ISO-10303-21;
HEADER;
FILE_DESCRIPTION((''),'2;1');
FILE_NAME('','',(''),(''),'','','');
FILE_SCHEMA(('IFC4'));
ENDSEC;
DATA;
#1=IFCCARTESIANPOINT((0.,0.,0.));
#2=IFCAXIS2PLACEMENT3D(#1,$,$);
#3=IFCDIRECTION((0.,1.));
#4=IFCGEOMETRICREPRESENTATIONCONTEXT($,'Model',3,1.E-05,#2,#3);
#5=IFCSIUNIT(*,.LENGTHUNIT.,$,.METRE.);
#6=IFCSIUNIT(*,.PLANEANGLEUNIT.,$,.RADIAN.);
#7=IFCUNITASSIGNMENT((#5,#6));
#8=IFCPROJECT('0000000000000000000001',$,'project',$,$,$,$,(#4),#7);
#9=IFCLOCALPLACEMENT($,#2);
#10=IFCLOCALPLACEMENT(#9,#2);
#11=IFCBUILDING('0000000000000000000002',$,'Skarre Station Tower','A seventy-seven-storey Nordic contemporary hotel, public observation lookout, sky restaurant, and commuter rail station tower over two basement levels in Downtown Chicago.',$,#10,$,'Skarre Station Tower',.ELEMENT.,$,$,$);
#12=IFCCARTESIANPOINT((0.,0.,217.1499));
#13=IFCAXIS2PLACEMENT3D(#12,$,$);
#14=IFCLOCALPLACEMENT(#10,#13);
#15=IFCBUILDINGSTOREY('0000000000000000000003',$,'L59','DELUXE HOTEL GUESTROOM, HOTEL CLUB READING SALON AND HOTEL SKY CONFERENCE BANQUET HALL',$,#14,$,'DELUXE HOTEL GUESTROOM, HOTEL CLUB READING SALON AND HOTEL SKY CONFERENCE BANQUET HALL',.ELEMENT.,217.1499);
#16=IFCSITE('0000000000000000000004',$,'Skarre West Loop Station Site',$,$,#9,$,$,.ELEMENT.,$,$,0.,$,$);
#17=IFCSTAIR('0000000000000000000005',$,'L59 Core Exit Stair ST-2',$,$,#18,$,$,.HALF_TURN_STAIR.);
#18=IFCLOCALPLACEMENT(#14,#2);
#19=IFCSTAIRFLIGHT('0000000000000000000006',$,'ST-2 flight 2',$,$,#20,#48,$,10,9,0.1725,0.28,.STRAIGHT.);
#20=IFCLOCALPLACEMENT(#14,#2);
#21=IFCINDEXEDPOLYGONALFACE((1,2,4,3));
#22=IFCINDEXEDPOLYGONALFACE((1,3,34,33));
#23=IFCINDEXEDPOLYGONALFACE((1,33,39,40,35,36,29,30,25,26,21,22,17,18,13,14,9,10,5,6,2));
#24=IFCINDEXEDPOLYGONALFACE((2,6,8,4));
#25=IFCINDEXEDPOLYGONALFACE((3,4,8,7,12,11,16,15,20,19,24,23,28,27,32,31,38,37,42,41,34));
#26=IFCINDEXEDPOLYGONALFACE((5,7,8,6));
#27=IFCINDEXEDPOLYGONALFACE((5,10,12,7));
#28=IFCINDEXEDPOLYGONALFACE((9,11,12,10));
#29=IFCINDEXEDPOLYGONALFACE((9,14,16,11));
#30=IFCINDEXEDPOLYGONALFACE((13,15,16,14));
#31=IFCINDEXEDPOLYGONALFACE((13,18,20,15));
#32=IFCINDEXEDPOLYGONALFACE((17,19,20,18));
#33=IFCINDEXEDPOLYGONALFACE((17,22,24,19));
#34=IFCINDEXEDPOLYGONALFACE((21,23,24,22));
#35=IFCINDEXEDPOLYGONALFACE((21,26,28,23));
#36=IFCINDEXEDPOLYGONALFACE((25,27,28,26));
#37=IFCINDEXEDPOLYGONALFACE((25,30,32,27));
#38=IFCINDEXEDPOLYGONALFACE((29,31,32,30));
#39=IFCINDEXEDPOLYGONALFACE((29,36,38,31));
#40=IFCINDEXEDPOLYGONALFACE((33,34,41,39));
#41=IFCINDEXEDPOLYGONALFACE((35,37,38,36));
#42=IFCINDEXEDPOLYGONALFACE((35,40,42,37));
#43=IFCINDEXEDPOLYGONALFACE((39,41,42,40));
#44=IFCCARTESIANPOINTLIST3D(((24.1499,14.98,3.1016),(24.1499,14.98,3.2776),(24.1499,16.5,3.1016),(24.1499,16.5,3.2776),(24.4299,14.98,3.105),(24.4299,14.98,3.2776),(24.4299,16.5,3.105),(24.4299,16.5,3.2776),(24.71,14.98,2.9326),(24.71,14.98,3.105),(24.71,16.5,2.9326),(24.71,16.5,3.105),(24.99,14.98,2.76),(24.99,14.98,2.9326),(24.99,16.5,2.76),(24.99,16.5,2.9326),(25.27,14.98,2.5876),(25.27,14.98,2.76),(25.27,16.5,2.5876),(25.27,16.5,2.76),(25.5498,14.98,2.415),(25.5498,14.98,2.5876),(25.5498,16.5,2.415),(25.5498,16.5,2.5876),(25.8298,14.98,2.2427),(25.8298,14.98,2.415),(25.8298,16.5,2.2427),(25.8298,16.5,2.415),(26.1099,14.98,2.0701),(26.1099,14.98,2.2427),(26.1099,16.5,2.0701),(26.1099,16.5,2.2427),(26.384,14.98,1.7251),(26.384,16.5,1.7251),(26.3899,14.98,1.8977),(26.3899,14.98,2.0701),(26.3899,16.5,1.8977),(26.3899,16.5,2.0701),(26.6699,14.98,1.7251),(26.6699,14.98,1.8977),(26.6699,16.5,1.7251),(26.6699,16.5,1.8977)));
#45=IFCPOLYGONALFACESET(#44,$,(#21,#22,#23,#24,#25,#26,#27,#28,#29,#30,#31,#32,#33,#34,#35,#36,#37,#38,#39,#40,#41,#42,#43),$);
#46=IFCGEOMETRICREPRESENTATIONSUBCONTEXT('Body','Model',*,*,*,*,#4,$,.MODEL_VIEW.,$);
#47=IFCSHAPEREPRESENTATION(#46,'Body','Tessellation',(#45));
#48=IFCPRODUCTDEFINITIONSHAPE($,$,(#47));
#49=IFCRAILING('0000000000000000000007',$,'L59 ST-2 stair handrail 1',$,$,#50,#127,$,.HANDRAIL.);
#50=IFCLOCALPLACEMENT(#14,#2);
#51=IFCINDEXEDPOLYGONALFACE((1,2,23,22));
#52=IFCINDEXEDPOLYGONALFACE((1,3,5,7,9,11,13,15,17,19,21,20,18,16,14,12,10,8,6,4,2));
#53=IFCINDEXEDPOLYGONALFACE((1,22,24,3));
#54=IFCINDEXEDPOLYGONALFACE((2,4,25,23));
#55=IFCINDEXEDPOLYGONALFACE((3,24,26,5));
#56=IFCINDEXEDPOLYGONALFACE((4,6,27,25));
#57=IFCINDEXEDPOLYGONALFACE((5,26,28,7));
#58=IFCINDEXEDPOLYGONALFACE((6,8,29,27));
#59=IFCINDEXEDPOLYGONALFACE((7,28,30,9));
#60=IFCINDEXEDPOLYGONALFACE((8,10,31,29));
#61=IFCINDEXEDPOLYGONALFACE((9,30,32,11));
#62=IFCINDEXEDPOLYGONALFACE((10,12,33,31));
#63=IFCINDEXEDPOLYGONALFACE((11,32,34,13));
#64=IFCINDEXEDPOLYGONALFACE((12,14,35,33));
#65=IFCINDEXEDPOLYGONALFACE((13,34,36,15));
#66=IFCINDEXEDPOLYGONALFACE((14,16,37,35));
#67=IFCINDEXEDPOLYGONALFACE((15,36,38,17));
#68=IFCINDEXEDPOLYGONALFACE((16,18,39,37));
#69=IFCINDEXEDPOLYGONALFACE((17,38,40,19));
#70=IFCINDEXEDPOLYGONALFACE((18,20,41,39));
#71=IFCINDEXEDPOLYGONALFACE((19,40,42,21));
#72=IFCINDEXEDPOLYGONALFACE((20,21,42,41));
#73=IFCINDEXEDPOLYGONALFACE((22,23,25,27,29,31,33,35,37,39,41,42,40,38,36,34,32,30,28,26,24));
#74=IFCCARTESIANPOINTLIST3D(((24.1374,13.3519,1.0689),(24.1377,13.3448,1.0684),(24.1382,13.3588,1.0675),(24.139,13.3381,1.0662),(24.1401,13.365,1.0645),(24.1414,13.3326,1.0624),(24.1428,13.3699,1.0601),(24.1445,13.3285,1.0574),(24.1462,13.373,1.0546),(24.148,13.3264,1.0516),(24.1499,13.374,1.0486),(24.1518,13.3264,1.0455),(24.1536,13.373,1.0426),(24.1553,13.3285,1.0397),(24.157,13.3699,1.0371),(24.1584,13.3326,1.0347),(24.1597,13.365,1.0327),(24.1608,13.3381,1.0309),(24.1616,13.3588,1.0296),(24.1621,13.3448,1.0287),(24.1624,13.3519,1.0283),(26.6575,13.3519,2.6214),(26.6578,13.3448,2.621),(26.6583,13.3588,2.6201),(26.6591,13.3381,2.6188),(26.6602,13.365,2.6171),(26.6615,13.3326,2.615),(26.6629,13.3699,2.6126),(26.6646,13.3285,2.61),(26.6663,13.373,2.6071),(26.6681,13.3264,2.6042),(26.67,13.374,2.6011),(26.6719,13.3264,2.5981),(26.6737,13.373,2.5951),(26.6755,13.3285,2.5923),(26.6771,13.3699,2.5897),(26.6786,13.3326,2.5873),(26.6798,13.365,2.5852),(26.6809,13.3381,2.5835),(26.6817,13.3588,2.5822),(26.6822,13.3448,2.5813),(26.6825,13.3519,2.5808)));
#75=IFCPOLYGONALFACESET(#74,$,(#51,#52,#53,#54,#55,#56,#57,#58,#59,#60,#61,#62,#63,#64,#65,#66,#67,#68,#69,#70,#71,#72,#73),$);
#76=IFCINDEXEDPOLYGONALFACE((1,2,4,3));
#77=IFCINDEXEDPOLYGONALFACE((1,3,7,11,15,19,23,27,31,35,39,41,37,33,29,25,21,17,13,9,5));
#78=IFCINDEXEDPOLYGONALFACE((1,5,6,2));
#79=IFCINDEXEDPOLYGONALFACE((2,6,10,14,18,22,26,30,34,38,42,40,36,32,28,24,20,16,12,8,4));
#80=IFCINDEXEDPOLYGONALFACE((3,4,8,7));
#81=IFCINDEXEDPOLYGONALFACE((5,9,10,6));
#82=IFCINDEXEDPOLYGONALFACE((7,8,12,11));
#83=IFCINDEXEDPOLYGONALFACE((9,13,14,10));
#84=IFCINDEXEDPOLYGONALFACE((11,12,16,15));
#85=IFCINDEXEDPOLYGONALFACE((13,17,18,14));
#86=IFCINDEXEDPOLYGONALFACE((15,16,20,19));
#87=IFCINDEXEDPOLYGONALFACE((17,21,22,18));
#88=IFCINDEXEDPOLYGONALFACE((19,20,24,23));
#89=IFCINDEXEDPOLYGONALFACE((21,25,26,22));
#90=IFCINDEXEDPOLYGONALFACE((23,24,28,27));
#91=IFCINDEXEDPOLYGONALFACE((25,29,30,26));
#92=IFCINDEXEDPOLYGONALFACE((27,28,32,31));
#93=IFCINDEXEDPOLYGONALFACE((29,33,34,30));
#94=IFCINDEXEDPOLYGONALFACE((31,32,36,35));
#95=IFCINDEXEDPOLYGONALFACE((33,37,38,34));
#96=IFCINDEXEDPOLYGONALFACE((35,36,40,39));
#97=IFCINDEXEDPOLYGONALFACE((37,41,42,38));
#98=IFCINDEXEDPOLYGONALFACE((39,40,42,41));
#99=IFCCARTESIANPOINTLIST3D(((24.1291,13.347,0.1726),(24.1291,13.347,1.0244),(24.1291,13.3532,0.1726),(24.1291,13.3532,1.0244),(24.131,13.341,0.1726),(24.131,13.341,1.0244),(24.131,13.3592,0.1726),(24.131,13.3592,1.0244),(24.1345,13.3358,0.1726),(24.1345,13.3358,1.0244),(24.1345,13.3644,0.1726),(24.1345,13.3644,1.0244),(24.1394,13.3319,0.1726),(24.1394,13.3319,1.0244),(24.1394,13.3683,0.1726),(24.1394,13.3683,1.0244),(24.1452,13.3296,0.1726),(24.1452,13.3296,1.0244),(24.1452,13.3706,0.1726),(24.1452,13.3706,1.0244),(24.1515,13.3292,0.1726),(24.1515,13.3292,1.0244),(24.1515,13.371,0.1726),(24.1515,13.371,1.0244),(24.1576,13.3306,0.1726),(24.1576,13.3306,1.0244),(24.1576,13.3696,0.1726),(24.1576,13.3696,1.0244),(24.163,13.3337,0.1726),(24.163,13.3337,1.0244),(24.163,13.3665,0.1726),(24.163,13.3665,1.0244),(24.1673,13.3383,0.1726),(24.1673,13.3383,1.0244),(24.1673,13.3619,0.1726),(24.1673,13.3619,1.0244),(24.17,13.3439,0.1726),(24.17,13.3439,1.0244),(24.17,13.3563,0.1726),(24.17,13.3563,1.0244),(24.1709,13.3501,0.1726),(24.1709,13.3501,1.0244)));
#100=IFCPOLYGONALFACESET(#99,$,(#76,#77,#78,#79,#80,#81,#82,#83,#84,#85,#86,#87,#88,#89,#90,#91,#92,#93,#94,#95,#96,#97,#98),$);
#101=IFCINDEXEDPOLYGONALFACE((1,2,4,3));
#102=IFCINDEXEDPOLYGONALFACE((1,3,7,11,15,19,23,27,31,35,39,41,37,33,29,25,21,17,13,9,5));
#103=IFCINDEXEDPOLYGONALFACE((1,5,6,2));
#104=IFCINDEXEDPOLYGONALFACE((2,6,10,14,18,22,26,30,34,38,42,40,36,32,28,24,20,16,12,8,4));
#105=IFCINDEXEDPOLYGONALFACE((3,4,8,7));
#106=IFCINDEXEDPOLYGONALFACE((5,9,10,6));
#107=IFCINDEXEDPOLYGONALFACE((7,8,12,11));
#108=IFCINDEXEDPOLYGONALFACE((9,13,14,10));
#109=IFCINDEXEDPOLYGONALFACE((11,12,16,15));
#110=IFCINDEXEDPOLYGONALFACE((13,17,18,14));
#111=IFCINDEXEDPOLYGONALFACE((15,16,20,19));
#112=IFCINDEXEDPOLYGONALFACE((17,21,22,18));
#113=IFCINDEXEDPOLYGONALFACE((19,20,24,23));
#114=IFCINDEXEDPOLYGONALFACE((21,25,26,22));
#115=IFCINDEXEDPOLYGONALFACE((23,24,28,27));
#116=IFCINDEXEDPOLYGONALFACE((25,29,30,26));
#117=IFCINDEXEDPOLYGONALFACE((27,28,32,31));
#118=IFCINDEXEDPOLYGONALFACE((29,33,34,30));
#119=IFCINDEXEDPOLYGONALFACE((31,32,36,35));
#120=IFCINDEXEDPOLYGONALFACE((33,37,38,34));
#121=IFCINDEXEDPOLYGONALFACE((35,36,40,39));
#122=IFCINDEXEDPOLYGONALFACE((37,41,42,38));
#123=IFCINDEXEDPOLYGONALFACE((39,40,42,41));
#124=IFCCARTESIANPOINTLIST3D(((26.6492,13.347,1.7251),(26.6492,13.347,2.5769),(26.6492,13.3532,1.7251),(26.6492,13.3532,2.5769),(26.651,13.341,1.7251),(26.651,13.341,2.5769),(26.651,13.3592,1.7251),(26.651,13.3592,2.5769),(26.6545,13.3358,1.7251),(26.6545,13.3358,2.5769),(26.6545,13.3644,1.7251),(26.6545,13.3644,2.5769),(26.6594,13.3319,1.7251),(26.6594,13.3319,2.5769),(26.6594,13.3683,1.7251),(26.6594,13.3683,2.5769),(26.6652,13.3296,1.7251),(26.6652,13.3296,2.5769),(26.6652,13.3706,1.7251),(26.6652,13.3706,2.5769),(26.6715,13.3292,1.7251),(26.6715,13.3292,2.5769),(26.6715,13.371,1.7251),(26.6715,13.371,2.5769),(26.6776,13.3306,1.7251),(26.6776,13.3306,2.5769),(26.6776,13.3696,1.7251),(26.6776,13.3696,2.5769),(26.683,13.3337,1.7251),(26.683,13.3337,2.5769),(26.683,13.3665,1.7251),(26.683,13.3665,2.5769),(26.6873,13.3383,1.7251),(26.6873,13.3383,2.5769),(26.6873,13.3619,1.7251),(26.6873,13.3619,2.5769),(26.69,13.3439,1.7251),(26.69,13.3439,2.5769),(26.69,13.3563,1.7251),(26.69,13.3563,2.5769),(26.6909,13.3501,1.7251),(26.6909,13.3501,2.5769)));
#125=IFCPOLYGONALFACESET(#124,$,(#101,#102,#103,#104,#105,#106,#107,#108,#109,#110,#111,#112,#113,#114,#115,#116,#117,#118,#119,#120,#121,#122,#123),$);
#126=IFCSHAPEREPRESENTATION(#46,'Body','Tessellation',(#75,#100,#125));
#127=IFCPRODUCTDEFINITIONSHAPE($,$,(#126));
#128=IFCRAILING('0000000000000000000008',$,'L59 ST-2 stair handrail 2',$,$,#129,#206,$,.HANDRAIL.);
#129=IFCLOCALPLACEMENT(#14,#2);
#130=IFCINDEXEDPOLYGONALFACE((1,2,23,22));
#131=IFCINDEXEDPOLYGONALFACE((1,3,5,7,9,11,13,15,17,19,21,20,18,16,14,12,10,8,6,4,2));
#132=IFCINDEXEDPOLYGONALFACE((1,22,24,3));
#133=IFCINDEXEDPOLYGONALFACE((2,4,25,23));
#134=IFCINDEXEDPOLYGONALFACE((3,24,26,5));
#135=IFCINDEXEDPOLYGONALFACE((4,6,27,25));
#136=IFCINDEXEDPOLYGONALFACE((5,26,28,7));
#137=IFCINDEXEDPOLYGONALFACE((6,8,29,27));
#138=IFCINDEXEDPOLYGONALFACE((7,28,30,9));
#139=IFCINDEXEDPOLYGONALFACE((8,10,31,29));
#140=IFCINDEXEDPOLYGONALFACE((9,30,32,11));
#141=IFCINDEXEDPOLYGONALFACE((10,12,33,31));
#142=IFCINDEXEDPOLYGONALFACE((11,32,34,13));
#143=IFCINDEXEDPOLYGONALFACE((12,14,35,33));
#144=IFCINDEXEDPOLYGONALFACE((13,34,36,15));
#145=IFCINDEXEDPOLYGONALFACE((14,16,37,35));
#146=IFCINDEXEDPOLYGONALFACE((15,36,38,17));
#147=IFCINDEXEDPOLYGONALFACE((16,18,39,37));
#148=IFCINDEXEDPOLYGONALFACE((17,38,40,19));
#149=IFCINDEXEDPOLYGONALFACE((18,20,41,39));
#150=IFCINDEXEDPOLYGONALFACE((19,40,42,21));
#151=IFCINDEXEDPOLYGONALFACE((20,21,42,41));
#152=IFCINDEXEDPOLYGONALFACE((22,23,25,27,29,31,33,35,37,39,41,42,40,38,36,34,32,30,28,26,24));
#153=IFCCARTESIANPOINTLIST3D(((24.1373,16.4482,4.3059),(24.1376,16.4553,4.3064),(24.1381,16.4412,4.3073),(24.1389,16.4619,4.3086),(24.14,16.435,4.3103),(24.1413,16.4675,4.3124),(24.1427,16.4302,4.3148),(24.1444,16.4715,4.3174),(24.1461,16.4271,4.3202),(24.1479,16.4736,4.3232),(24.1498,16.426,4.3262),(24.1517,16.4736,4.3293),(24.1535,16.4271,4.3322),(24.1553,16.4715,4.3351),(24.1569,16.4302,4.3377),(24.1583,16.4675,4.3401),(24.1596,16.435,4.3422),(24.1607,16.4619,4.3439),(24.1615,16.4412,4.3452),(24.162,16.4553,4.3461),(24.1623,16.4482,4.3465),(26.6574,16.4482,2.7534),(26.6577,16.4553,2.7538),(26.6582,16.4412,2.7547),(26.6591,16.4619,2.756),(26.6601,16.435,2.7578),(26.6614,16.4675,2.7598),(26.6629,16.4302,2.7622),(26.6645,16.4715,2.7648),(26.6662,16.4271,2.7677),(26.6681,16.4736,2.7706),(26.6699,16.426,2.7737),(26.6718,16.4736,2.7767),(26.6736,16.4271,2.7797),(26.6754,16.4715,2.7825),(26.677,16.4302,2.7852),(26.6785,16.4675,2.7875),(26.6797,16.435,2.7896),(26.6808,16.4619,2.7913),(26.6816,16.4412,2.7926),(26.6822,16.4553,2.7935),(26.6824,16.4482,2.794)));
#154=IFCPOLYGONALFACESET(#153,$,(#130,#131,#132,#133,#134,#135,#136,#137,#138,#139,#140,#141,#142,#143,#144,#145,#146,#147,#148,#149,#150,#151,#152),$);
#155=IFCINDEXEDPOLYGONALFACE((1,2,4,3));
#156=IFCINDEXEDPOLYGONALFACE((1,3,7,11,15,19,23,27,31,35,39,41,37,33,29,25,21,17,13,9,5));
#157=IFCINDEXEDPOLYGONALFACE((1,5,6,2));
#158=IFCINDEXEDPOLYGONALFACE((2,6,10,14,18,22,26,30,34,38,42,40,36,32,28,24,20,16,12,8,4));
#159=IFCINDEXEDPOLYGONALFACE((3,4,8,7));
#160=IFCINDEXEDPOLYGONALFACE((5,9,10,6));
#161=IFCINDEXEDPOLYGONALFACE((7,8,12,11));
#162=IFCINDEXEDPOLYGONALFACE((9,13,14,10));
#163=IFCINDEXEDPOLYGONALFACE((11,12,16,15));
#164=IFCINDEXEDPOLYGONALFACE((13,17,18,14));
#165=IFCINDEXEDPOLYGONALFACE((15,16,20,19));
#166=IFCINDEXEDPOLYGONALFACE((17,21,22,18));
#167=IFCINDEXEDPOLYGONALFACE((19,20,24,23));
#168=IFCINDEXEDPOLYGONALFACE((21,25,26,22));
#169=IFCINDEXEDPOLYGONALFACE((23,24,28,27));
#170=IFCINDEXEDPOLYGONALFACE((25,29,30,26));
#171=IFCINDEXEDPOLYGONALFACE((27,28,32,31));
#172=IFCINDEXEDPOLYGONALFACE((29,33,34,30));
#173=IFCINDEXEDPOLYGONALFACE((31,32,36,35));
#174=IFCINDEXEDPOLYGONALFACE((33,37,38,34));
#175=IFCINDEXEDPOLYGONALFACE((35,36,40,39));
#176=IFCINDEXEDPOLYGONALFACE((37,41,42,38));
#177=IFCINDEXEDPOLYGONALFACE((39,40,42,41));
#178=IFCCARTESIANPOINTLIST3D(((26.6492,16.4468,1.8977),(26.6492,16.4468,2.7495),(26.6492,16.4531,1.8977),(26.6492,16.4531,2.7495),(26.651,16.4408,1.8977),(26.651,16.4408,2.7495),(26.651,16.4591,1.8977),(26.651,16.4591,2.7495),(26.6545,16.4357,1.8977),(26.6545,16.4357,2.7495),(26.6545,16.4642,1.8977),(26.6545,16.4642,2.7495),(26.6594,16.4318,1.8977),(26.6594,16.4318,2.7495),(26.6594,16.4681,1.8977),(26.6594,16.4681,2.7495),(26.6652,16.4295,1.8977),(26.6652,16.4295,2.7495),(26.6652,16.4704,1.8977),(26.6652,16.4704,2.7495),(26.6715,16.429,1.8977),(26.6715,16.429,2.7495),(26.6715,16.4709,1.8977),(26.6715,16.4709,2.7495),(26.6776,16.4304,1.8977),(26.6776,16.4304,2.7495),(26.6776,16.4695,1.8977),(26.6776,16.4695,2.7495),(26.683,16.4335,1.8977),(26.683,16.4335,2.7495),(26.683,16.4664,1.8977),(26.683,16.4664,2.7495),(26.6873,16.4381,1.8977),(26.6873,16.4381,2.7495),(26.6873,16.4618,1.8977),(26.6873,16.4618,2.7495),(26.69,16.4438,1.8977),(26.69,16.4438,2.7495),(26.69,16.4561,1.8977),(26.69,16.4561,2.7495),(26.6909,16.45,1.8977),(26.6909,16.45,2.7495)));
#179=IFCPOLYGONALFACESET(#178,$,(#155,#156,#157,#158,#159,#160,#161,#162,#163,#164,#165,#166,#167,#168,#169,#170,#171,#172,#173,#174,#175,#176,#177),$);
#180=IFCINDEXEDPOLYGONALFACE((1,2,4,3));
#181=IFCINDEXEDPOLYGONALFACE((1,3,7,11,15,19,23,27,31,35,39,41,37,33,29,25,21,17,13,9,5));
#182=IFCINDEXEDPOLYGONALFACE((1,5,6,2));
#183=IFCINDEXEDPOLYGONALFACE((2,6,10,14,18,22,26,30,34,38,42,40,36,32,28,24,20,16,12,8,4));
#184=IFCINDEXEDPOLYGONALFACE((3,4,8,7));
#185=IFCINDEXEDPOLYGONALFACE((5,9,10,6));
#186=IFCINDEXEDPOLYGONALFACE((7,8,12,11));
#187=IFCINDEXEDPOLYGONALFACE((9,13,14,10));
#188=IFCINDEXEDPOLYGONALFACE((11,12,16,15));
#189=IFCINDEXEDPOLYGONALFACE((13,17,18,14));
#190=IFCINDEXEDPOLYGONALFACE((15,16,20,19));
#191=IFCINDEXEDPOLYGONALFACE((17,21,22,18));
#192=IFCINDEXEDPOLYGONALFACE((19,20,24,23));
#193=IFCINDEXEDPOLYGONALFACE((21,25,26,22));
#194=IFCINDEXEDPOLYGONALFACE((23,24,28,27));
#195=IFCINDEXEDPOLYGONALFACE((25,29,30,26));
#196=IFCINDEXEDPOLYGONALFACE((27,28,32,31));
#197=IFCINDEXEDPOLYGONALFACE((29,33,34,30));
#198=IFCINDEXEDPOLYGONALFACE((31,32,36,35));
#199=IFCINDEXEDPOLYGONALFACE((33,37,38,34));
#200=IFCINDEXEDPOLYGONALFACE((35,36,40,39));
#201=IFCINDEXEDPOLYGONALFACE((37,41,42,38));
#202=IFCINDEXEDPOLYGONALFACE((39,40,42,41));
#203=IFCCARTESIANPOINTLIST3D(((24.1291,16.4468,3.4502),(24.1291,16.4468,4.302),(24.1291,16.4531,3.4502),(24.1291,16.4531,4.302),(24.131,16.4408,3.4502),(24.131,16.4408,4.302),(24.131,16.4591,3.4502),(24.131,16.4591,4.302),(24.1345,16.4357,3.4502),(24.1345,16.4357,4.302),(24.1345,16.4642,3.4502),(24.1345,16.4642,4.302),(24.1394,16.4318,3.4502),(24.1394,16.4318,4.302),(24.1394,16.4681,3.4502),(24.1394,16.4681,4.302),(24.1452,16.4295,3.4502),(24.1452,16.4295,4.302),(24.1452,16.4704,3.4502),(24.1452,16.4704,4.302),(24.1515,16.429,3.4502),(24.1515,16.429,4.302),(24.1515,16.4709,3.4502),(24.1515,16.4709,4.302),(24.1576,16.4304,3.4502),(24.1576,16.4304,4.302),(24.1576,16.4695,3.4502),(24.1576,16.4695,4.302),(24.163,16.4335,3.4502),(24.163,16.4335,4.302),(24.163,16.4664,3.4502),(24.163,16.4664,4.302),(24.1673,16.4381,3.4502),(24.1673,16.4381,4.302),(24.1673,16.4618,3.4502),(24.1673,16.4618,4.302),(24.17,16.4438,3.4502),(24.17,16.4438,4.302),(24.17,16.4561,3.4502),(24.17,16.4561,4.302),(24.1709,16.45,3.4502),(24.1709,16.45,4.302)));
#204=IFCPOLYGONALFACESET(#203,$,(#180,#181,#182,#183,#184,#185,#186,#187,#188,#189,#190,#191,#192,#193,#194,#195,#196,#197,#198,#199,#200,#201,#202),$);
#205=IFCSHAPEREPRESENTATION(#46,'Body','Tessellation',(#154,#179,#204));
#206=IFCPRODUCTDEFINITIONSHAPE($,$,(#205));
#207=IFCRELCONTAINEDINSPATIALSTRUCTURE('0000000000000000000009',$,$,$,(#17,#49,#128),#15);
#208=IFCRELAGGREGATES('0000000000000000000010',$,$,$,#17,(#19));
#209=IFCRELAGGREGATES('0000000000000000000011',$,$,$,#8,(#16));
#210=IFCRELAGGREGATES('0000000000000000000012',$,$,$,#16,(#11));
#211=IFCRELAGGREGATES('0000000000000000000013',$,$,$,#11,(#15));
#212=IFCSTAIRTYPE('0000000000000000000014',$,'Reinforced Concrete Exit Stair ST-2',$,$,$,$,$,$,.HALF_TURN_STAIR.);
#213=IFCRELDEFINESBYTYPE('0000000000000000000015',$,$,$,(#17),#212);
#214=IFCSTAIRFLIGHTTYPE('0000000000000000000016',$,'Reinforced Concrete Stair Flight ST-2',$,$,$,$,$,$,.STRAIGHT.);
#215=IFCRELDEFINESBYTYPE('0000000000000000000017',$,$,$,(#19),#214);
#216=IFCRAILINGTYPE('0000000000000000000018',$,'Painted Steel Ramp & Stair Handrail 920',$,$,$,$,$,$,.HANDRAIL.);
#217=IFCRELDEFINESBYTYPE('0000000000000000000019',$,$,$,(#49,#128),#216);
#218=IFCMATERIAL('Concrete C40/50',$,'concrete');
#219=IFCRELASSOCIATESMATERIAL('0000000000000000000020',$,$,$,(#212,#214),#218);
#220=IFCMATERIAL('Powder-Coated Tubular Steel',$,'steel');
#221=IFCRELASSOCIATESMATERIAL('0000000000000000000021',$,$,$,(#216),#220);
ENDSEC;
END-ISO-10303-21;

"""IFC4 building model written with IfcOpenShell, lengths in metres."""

from ifc_helpers import new_model, si_unit, direction, frame, origin, origin_2d, place, context, subcontext, project, spatial, polyline, circle, outline, extrude, material, type_object, element, aggregate, save


model = new_model("IFC4")

# Units and contexts
model_context = context("Model", 3, precision=1e-05, world=origin(), true_north=direction((0.0, 1.0)))
body_context = subcontext(model_context, "Body", "Model", "MODEL_VIEW")
ifc_project = project(units=[si_unit("LENGTHUNIT", "METRE"), si_unit("PLANEANGLEUNIT", "RADIAN")], contexts=[model_context])

# Site, building, storey
site_placement = place(None, origin())
site = spatial("IfcSite", under=ifc_project, at=site_placement, Name="Skarre West Loop Station Site", CompositionType="ELEMENT", RefElevation=0.0)
building_placement = place(site_placement, origin())
building = spatial("IfcBuilding", under=site, at=building_placement, Name="Skarre Station Tower", Description="A seventy-seven-storey Nordic contemporary hotel, public observation lookout, sky restaurant, and commuter rail station tower over two basement levels in Downtown Chicago.", LongName="Skarre Station Tower", CompositionType="ELEMENT")
storey_placement = place(building_placement, frame((0.0, 0.0, 217.1499)))
storey = spatial("IfcBuildingStorey", under=building, at=storey_placement, Name="L59", Description="DELUXE HOTEL GUESTROOM, HOTEL CLUB READING SALON AND HOTEL SKY CONFERENCE BANQUET HALL", LongName="DELUXE HOTEL GUESTROOM, HOTEL CLUB READING SALON AND HOTEL SKY CONFERENCE BANQUET HALL", CompositionType="ELEMENT", Elevation=217.1499)

# Stair, stair flight
ifc_material_1 = material(Name="Concrete C40/50", Category="concrete")
stair_type = type_object("IfcStairType", Name="Reinforced Concrete Exit Stair ST-2", PredefinedType="HALF_TURN_STAIR", material=ifc_material_1)
stair_placement = place(storey_placement, origin())
stair = element("IfcStair", 1, at=stair_placement, inside=storey, type_object=stair_type, Name="L59 Core Exit Stair ST-2", PredefinedType="HALF_TURN_STAIR")
stair_flight_type = type_object("IfcStairFlightType", Name="Reinforced Concrete Stair Flight ST-2", PredefinedType="STRAIGHT", material=ifc_material_1)
stair_flight_1_placement = place(storey_placement, frame((26.6699, 15.74, 1.7251), z_axis=(0.0, 0.0, 1.0), x_axis=(-1.0, 0.0, 0.0)))
stair_flight_1 = element("IfcStairFlight", 2, at=stair_flight_1_placement, type_object=stair_flight_type, Name="ST-2 flight 2", NumberOfRisers=10, NumberOfTreads=9, PredefinedType="STRAIGHT", RiserHeight=0.1725, TreadLength=0.28, context=body_context, shape_type="SweptSolid", body=[
    extrude(outline(polyline([(0.0, 0.0), (0.0, 0.1726), (0.28, 0.1726), (0.28, 0.345), (0.5601, 0.345), (0.5601, 0.5176), (0.8401, 0.5176), (0.8401, 0.6899), (1.1201, 0.6899), (1.1201, 0.8625), (1.3999, 0.8625), (1.3999, 1.0349), (1.6799, 1.0349), (1.6799, 1.2075), (1.96, 1.2075), (1.96, 1.3799), (2.24, 1.3799), (2.24, 1.5525), (2.52, 1.5525), (2.52, 1.7251), (2.52, 1.3765), (0.2859, 0.0), (0.0, 0.0)])), frame((0.0, 0.76, 0.0), z_axis=(0.0, -1.0, 0.0), x_axis=(1.0, 0.0, 0.0)), (0.0, 0.0, 1.0), 1.52),
])
aggregate(stair, [stair_flight_1])

# Railings
ifc_material_2 = material(Name="Powder-Coated Tubular Steel", Category="steel")
railing_type_1 = type_object("IfcRailingType", Name="Painted Steel Ramp & Stair Handrail 920", PredefinedType="HANDRAIL", material=ifc_material_2)
railing_1_placement = place(storey_placement, frame((24.1499, 13.3501, 0.1726)))
element("IfcRailing", 3, at=railing_1_placement, inside=storey, type_object=railing_type_1, Name="L59 ST-2 stair handrail 1", PredefinedType="HANDRAIL", context=body_context, shape_type="SweptSolid", body=[
    extrude(circle(Radius=0.0239, at=origin_2d()), frame((0.0, 0.0, 0.876), z_axis=(0.8514, 0.0, 0.524516), x_axis=(0.0, 1.0, 0.0)), (0.0, 0.0, 1.0), 2.96),
    extrude(circle(Radius=0.021, at=origin_2d()), origin(), (0.0, 0.0, 1.0), 0.8518),
    extrude(circle(Radius=0.021, at=origin_2d()), frame((2.52, 0.0, 1.5525)), (0.0, 0.0, 1.0), 0.8518),
])
railing_2_placement = place(storey_placement, frame((26.6699, 16.45, 1.8977)))
element("IfcRailing", 4, at=railing_2_placement, inside=storey, type_object=railing_type_1, Name="L59 ST-2 stair handrail 2", PredefinedType="HANDRAIL", context=body_context, shape_type="SweptSolid", body=[
    extrude(circle(Radius=0.0239, at=origin_2d()), frame((0.0, 0.0, 0.876), z_axis=(-0.8514, 0.0, 0.524516), x_axis=(0.0, -1.0, 0.0)), (0.0, 0.0, 1.0), 2.96),
    extrude(circle(Radius=0.021, at=origin_2d()), origin(), (0.0, 0.0, 1.0), 0.8518),
    extrude(circle(Radius=0.021, at=origin_2d()), frame((-2.52, 0.0, 1.5525)), (0.0, 0.0, 1.0), 0.8518),
])

save(model, "model.ifc")
